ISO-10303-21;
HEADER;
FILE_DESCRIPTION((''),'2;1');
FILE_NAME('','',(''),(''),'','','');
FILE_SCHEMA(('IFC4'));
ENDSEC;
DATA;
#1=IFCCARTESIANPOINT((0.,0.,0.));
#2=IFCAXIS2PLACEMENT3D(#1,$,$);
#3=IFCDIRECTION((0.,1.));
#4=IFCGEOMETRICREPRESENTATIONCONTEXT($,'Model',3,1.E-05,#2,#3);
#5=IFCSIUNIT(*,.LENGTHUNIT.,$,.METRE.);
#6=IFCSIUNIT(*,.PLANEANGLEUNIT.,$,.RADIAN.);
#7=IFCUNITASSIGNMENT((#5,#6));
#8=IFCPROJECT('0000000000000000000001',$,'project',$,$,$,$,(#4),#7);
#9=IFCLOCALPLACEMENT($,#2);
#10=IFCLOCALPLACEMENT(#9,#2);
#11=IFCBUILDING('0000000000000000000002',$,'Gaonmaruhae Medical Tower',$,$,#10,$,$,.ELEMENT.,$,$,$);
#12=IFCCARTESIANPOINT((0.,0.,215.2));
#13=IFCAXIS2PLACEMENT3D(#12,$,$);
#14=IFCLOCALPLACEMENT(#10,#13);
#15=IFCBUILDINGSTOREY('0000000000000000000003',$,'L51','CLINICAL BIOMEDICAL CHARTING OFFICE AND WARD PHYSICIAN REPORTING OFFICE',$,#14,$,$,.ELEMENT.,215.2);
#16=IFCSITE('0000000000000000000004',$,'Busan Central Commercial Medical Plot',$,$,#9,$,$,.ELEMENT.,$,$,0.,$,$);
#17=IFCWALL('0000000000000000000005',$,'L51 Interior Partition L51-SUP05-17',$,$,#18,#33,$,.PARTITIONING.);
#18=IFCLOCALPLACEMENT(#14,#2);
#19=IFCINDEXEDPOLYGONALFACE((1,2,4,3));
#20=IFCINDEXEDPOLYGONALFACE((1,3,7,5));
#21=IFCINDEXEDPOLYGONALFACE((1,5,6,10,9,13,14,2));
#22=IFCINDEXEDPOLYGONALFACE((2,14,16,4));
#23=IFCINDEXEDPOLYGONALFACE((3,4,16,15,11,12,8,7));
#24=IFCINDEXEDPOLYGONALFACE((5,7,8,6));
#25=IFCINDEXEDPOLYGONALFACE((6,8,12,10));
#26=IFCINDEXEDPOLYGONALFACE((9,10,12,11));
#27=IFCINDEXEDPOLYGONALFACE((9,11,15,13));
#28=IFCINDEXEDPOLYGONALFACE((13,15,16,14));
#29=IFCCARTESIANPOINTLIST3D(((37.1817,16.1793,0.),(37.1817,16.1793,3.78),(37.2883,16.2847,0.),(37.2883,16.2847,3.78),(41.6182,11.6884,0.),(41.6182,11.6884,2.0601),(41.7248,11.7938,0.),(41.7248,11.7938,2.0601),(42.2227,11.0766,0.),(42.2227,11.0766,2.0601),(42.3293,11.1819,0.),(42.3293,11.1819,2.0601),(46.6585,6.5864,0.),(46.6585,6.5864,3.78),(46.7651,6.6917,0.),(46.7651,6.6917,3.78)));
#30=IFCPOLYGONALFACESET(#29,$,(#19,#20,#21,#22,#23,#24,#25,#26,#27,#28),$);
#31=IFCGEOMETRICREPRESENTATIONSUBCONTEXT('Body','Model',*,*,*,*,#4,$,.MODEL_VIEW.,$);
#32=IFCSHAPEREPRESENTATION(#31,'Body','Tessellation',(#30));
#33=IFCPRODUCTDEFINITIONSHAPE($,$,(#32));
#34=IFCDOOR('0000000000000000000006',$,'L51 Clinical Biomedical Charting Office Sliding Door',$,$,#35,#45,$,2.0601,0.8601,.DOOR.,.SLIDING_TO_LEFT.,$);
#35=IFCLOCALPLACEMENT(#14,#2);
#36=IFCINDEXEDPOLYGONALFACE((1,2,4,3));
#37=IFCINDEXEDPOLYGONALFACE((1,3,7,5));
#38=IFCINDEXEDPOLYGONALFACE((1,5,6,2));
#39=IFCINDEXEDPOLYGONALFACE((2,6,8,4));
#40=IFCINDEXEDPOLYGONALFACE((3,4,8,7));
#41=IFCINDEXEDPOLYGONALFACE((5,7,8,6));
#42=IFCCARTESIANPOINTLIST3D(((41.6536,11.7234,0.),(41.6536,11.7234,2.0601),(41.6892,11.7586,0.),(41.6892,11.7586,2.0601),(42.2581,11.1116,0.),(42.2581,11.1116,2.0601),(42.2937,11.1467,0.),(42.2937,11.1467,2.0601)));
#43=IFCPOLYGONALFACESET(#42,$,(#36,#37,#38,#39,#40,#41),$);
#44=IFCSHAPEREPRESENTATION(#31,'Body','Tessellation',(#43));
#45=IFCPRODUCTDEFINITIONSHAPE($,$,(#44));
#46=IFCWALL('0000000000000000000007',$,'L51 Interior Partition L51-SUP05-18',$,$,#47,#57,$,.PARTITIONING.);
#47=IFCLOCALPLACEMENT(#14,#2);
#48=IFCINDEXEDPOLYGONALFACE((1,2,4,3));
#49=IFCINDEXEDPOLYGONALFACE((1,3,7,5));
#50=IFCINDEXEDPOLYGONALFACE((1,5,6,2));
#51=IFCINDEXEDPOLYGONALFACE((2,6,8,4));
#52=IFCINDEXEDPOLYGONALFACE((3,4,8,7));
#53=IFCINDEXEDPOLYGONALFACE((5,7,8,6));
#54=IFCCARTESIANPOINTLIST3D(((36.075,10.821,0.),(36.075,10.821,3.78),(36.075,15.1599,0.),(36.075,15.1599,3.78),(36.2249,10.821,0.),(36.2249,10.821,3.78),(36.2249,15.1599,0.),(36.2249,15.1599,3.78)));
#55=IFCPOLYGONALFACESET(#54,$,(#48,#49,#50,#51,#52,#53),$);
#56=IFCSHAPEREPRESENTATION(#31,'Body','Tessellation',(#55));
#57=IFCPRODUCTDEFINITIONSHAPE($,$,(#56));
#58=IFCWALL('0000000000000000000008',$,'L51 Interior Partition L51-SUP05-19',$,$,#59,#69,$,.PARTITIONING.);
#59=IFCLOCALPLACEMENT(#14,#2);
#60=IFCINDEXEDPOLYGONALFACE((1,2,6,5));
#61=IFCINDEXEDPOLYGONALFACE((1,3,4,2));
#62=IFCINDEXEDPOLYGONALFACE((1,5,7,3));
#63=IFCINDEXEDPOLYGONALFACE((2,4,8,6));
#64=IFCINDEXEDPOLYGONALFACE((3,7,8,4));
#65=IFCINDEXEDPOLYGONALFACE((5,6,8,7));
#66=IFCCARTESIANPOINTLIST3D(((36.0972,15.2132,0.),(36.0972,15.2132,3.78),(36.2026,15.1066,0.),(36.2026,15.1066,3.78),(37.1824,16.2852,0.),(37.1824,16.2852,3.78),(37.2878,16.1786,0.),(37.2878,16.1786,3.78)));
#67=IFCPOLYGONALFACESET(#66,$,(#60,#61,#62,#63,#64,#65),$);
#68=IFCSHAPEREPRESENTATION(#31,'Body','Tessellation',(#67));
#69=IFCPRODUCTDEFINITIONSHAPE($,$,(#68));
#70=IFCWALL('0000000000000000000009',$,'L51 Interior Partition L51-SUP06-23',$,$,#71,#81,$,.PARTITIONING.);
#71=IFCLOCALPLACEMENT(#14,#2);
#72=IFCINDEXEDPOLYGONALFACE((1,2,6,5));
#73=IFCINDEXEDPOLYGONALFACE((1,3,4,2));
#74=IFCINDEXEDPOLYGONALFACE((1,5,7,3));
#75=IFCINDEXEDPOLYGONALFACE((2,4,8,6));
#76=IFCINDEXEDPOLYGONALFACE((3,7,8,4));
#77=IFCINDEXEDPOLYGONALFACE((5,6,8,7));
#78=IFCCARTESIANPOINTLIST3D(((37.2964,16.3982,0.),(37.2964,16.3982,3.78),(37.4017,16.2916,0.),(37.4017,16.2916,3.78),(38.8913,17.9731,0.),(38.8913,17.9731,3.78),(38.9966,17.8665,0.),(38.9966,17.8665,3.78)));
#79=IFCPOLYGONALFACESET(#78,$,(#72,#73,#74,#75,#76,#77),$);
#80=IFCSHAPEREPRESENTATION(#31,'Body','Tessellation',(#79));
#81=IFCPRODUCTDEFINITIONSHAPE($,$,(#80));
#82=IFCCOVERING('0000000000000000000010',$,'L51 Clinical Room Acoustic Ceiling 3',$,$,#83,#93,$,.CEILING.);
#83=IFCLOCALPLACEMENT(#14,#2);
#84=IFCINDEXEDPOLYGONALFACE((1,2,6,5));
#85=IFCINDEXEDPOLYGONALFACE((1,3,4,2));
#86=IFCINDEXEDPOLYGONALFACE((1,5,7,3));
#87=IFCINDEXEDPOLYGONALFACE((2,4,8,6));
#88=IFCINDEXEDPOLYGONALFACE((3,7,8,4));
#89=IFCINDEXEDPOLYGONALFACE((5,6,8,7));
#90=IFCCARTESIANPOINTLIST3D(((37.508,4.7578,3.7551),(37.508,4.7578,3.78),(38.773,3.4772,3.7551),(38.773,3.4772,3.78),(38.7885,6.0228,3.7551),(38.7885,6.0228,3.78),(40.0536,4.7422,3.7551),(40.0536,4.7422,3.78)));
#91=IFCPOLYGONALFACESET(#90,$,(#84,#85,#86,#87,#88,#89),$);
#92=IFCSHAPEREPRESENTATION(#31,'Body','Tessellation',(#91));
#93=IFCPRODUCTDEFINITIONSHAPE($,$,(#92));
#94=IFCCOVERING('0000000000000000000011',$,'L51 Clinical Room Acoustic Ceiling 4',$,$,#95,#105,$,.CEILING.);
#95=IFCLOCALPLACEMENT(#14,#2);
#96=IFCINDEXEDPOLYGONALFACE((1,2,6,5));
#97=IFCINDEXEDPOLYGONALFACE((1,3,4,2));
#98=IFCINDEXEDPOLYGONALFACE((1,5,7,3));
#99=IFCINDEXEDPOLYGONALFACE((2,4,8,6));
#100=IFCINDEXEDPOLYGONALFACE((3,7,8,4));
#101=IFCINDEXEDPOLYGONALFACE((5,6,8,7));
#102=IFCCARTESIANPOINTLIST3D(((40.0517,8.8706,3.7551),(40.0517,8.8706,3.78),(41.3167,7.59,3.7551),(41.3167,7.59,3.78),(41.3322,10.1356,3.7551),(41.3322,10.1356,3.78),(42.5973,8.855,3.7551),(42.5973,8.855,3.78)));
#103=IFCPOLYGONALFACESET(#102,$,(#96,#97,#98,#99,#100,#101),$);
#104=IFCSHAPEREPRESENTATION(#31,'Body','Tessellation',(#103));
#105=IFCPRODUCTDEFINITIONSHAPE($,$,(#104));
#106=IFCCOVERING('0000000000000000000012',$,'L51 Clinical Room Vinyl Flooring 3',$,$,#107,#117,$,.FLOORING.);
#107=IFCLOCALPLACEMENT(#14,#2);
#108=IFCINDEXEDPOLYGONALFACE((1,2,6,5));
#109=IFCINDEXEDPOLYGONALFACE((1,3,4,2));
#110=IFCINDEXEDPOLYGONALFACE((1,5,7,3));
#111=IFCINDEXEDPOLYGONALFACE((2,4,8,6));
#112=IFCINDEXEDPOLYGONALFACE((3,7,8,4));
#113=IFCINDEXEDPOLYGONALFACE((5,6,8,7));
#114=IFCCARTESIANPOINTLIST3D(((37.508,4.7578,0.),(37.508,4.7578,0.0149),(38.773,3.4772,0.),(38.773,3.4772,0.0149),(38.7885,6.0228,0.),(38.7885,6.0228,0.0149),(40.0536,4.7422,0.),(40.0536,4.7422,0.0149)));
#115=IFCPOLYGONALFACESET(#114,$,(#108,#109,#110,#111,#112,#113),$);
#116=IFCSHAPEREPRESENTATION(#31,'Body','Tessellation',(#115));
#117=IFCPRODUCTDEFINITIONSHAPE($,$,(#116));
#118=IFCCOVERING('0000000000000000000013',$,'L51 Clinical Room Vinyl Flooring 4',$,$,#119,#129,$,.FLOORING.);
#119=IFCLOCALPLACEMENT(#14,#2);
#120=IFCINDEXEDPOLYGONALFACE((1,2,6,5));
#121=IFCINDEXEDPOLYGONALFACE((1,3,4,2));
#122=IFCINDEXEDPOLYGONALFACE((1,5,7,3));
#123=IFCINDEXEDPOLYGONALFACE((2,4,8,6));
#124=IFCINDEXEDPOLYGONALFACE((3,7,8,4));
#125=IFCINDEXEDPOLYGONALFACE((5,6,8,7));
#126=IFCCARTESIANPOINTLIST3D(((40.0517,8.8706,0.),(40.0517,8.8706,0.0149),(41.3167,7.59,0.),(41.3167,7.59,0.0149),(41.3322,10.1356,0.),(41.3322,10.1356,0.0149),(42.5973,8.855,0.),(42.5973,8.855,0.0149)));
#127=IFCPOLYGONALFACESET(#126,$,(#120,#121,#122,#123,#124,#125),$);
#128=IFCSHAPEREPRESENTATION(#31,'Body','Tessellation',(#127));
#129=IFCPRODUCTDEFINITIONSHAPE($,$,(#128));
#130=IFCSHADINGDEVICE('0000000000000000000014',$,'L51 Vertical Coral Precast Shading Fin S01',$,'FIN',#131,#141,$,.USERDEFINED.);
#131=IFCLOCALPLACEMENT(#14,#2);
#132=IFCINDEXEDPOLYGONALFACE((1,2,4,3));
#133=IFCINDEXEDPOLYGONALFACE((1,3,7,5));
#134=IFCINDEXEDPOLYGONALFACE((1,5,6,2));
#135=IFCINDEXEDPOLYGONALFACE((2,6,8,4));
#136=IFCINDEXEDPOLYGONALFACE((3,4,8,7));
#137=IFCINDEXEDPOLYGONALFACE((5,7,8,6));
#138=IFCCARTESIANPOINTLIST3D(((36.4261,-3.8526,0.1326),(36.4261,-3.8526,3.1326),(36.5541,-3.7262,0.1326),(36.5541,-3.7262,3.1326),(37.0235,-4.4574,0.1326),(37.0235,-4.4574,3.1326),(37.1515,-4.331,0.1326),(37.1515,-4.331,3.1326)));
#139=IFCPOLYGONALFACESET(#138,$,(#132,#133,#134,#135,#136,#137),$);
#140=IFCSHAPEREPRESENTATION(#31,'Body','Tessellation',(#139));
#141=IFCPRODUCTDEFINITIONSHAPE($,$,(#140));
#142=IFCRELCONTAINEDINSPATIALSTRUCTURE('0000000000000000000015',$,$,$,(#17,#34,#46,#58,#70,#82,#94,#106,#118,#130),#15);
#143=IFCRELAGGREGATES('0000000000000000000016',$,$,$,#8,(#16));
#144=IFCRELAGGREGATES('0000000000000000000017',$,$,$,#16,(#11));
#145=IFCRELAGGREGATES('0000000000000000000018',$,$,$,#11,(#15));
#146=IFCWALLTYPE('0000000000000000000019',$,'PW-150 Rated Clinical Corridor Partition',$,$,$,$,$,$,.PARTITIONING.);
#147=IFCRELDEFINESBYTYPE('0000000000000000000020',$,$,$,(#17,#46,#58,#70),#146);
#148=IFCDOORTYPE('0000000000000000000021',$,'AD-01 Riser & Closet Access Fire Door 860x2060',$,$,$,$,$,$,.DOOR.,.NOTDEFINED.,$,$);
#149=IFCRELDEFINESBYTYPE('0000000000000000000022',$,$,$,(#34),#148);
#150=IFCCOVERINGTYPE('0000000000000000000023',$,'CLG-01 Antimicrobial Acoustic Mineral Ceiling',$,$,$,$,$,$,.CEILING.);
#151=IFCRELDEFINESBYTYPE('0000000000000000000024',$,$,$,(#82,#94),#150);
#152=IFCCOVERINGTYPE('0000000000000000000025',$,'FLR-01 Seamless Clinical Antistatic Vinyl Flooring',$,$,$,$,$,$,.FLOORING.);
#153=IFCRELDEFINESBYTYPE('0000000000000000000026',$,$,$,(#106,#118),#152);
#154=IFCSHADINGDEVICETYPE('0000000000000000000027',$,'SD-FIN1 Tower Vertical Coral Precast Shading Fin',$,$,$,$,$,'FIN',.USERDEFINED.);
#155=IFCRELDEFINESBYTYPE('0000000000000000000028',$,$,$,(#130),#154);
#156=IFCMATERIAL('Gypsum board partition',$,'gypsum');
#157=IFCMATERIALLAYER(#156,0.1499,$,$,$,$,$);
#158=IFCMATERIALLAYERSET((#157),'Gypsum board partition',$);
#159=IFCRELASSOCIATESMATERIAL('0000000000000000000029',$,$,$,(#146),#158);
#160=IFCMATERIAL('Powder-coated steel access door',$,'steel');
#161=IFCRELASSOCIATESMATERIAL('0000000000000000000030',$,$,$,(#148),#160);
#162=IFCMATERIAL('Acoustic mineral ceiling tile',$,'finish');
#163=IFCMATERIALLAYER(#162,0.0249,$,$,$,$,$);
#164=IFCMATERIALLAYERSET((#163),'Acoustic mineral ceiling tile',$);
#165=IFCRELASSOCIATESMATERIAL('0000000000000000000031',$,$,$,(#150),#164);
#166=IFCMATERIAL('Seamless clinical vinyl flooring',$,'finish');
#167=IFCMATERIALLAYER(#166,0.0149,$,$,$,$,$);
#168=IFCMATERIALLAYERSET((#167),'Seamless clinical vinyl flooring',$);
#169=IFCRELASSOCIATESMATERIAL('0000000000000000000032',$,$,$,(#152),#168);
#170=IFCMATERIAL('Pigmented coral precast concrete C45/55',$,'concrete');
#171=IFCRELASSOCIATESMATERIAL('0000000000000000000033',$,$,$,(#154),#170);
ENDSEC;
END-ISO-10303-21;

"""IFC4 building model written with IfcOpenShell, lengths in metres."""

from ifc_helpers import new_model, si_unit, direction, frame, frame_2d, origin, origin_2d, place, context, subcontext, project, spatial, rectangle, extrude, material, layer, layer_set, type_object, element, fill, save


model = new_model("IFC4")

# Units and contexts
model_context = context("Model", 3, precision=1e-05, world=origin(), true_north=direction((0.0, 1.0)))
body_context = subcontext(model_context, "Body", "Model", "MODEL_VIEW")
ifc_project = project(units=[si_unit("LENGTHUNIT", "METRE"), si_unit("PLANEANGLEUNIT", "RADIAN")], contexts=[model_context])

# Site, building, storey
site_placement = place(None, origin())
site = spatial("IfcSite", under=ifc_project, at=site_placement, Name="Busan Central Commercial Medical Plot", CompositionType="ELEMENT", RefElevation=0.0)
building_placement = place(site_placement, origin())
building = spatial("IfcBuilding", under=site, at=building_placement, Name="Gaonmaruhae Medical Tower", CompositionType="ELEMENT")
storey_placement = place(building_placement, frame((0.0, 0.0, 215.2)))
storey = spatial("IfcBuildingStorey", under=building, at=storey_placement, Name="L51", Description="CLINICAL BIOMEDICAL CHARTING OFFICE AND WARD PHYSICIAN REPORTING OFFICE", CompositionType="ELEMENT", Elevation=215.2)

# Shared definitions
ifc_material_1 = material(Name="Gypsum board partition", Category="gypsum")
ifc_layer_1 = layer(ifc_material_1, 0.1499)
ifc_layer_set_1 = layer_set([ifc_layer_1], Name="Gypsum board partition")
wall_type_1 = type_object("IfcWallType", Name="PW-150 Rated Clinical Corridor Partition", PredefinedType="PARTITIONING", material=ifc_layer_set_1)

# Shared definitions
ifc_material_2 = material(Name="Powder-coated steel access door", Category="steel")
door_type = type_object("IfcDoorType", Name="AD-01 Riser & Closet Access Fire Door 860x2060", OperationType="NOTDEFINED", PredefinedType="DOOR", material=ifc_material_2)

# Wall, opening, door
wall_1_placement = place(storey_placement, frame((37.2351, 16.2319, 0.0), z_axis=(0.0, 0.0, 1.0), x_axis=(0.702785, -0.711403, 0.0)))
wall_1 = element("IfcWall", 1, at=wall_1_placement, inside=storey, type_object=wall_type_1, Name="L51 Interior Partition L51-SUP05-17", PredefinedType="PARTITIONING", context=body_context, shape_type="SweptSolid", body=[
    extrude(rectangle(XDim=13.4846, YDim=0.1499, at=frame_2d((6.7422, 0.0))), origin(), (0.0, 0.0, 1.0), 3.78),
])
opening_1_placement = place(wall_1_placement, frame((6.3125, 0.0, 0.0)))
opening_1 = element("IfcOpeningElement", 2, at=opening_1_placement, cuts=wall_1, PredefinedType="OPENING", context=body_context, shape_type="SweptSolid", body=[
    extrude(rectangle(XDim=0.8601, YDim=2.0601, at=frame_2d((0.4302, 1.03))), frame((0.0, 0.085, 0.0), z_axis=(0.0, -1.0, 0.0), x_axis=(1.0, 0.0, 0.0)), (0.0, 0.0, 1.0), 0.1699),
])
door_1_placement = place(opening_1_placement, origin())
door_1 = element("IfcDoor", 3, at=door_1_placement, inside=storey, type_object=door_type, Name="L51 Clinical Biomedical Charting Office Sliding Door", OperationType="SLIDING_TO_LEFT", OverallHeight=2.0601, OverallWidth=0.8601, PredefinedType="DOOR", context=body_context, shape_type="SweptSolid", body=[
    extrude(rectangle(XDim=0.8601, YDim=2.0601, at=frame_2d((0.4302, 1.03))), frame((0.0, 0.0249, 0.0), z_axis=(0.0, -1.0, 0.0), x_axis=(1.0, 0.0, 0.0)), (0.0, 0.0, 1.0), 0.05),
])
fill(opening_1, door_1)

# Walls
wall_2_placement = place(storey_placement, frame((36.1499, 10.821, 0.0), z_axis=(0.0, 0.0, 1.0), x_axis=(0.0, 1.0, 0.0)))
element("IfcWall", 4, at=wall_2_placement, inside=storey, type_object=wall_type_1, Name="L51 Interior Partition L51-SUP05-18", PredefinedType="PARTITIONING", context=body_context, shape_type="SweptSolid", body=[
    extrude(rectangle(XDim=4.3389, YDim=0.1499, at=frame_2d((2.1694, 0.0))), origin(), (0.0, 0.0, 1.0), 3.78),
])
wall_3_placement = place(storey_placement, frame((36.1499, 15.1599, 0.0), z_axis=(0.0, 0.0, 1.0), x_axis=(0.711415, 0.702772, 0.0)))
element("IfcWall", 5, at=wall_3_placement, inside=storey, type_object=wall_type_1, Name="L51 Interior Partition L51-SUP05-19", PredefinedType="PARTITIONING", context=body_context, shape_type="SweptSolid", body=[
    extrude(rectangle(XDim=1.5254, YDim=0.1499, at=frame_2d((0.7627, 0.0))), origin(), (0.0, 0.0, 1.0), 3.78),
])
wall_4_placement = place(storey_placement, frame((37.3491, 16.345, 0.0), z_axis=(0.0, 0.0, 1.0), x_axis=(0.711558, 0.702627, 0.0)))
element("IfcWall", 6, at=wall_4_placement, inside=storey, type_object=wall_type_1, Name="L51 Interior Partition L51-SUP06-23", PredefinedType="PARTITIONING", context=body_context, shape_type="SweptSolid", body=[
    extrude(rectangle(XDim=2.2415, YDim=0.1499, at=frame_2d((1.1206, 0.0))), origin(), (0.0, 0.0, 1.0), 3.78),
])

# Coverings
ifc_material_3 = material(Name="Acoustic mineral ceiling tile", Category="finish")
ifc_layer_2 = layer(ifc_material_3, 0.0249)
ifc_layer_set_2 = layer_set([ifc_layer_2], Name="Acoustic mineral ceiling tile")
covering_type_1 = type_object("IfcCoveringType", Name="CLG-01 Antimicrobial Acoustic Mineral Ceiling", PredefinedType="CEILING", material=ifc_layer_set_2)
for number, where, z_axis, x_axis, name in (
    (7, (38.7808, 4.75, 3.7551), (0.0, 0.0, 1.0), (0.711413, 0.702774, 0.0), "L51 Clinical Room Acoustic Ceiling 3"),
    (8, (41.3245, 8.8628, 3.7551), (0.0, 0.0, 1.0), (0.711413, 0.702774, 0.0), "L51 Clinical Room Acoustic Ceiling 4"),
):
    element("IfcCovering", number, at=place(storey_placement, frame(where, z_axis=z_axis, x_axis=x_axis)), inside=storey, type_object=covering_type_1, Name=name, PredefinedType="CEILING", context=body_context, shape_type="SweptSolid", body=[
        extrude(rectangle(XDim=1.8, YDim=1.8, at=origin_2d()), origin(), (0.0, 0.0, 1.0), 0.0249),
    ])
ifc_material_4 = material(Name="Seamless clinical vinyl flooring", Category="finish")
ifc_layer_3 = layer(ifc_material_4, 0.0149)
ifc_layer_set_3 = layer_set([ifc_layer_3], Name="Seamless clinical vinyl flooring")
covering_type_2 = type_object("IfcCoveringType", Name="FLR-01 Seamless Clinical Antistatic Vinyl Flooring", PredefinedType="FLOORING", material=ifc_layer_set_3)
for number, where, z_axis, x_axis, name in (
    (9, (38.7808, 4.75, 0.0), (0.0, 0.0, 1.0), (0.711413, 0.702774, 0.0), "L51 Clinical Room Vinyl Flooring 3"),
    (10, (41.3245, 8.8628, 0.0), (0.0, 0.0, 1.0), (0.711413, 0.702774, 0.0), "L51 Clinical Room Vinyl Flooring 4"),
):
    element("IfcCovering", number, at=place(storey_placement, frame(where, z_axis=z_axis, x_axis=x_axis)), inside=storey, type_object=covering_type_2, Name=name, PredefinedType="FLOORING", context=body_context, shape_type="SweptSolid", body=[
        extrude(rectangle(XDim=1.8, YDim=1.8, at=origin_2d()), origin(), (0.0, 0.0, 1.0), 0.0149),
    ])

# Shading device
ifc_material_5 = material(Name="Pigmented coral precast concrete C45/55", Category="concrete")
shading_device_type = type_object("IfcShadingDeviceType", Name="SD-FIN1 Tower Vertical Coral Precast Shading Fin", ElementType="FIN", PredefinedType="USERDEFINED", material=ifc_material_5)
shading_device_placement = place(storey_placement, frame((36.7888, -4.0918, 0.1326), z_axis=(0.0, 0.0, 1.0), x_axis=(-0.711413, -0.702774, 0.0)))
element("IfcShadingDevice", 11, at=shading_device_placement, inside=storey, type_object=shading_device_type, Name="L51 Vertical Coral Precast Shading Fin S01", ObjectType="FIN", PredefinedType="USERDEFINED", context=body_context, shape_type="SweptSolid", body=[
    extrude(rectangle(XDim=0.1799, YDim=0.8501, at=origin_2d()), origin(), (0.0, 0.0, 1.0), 3.0),
])

save(model, "model.ifc")
